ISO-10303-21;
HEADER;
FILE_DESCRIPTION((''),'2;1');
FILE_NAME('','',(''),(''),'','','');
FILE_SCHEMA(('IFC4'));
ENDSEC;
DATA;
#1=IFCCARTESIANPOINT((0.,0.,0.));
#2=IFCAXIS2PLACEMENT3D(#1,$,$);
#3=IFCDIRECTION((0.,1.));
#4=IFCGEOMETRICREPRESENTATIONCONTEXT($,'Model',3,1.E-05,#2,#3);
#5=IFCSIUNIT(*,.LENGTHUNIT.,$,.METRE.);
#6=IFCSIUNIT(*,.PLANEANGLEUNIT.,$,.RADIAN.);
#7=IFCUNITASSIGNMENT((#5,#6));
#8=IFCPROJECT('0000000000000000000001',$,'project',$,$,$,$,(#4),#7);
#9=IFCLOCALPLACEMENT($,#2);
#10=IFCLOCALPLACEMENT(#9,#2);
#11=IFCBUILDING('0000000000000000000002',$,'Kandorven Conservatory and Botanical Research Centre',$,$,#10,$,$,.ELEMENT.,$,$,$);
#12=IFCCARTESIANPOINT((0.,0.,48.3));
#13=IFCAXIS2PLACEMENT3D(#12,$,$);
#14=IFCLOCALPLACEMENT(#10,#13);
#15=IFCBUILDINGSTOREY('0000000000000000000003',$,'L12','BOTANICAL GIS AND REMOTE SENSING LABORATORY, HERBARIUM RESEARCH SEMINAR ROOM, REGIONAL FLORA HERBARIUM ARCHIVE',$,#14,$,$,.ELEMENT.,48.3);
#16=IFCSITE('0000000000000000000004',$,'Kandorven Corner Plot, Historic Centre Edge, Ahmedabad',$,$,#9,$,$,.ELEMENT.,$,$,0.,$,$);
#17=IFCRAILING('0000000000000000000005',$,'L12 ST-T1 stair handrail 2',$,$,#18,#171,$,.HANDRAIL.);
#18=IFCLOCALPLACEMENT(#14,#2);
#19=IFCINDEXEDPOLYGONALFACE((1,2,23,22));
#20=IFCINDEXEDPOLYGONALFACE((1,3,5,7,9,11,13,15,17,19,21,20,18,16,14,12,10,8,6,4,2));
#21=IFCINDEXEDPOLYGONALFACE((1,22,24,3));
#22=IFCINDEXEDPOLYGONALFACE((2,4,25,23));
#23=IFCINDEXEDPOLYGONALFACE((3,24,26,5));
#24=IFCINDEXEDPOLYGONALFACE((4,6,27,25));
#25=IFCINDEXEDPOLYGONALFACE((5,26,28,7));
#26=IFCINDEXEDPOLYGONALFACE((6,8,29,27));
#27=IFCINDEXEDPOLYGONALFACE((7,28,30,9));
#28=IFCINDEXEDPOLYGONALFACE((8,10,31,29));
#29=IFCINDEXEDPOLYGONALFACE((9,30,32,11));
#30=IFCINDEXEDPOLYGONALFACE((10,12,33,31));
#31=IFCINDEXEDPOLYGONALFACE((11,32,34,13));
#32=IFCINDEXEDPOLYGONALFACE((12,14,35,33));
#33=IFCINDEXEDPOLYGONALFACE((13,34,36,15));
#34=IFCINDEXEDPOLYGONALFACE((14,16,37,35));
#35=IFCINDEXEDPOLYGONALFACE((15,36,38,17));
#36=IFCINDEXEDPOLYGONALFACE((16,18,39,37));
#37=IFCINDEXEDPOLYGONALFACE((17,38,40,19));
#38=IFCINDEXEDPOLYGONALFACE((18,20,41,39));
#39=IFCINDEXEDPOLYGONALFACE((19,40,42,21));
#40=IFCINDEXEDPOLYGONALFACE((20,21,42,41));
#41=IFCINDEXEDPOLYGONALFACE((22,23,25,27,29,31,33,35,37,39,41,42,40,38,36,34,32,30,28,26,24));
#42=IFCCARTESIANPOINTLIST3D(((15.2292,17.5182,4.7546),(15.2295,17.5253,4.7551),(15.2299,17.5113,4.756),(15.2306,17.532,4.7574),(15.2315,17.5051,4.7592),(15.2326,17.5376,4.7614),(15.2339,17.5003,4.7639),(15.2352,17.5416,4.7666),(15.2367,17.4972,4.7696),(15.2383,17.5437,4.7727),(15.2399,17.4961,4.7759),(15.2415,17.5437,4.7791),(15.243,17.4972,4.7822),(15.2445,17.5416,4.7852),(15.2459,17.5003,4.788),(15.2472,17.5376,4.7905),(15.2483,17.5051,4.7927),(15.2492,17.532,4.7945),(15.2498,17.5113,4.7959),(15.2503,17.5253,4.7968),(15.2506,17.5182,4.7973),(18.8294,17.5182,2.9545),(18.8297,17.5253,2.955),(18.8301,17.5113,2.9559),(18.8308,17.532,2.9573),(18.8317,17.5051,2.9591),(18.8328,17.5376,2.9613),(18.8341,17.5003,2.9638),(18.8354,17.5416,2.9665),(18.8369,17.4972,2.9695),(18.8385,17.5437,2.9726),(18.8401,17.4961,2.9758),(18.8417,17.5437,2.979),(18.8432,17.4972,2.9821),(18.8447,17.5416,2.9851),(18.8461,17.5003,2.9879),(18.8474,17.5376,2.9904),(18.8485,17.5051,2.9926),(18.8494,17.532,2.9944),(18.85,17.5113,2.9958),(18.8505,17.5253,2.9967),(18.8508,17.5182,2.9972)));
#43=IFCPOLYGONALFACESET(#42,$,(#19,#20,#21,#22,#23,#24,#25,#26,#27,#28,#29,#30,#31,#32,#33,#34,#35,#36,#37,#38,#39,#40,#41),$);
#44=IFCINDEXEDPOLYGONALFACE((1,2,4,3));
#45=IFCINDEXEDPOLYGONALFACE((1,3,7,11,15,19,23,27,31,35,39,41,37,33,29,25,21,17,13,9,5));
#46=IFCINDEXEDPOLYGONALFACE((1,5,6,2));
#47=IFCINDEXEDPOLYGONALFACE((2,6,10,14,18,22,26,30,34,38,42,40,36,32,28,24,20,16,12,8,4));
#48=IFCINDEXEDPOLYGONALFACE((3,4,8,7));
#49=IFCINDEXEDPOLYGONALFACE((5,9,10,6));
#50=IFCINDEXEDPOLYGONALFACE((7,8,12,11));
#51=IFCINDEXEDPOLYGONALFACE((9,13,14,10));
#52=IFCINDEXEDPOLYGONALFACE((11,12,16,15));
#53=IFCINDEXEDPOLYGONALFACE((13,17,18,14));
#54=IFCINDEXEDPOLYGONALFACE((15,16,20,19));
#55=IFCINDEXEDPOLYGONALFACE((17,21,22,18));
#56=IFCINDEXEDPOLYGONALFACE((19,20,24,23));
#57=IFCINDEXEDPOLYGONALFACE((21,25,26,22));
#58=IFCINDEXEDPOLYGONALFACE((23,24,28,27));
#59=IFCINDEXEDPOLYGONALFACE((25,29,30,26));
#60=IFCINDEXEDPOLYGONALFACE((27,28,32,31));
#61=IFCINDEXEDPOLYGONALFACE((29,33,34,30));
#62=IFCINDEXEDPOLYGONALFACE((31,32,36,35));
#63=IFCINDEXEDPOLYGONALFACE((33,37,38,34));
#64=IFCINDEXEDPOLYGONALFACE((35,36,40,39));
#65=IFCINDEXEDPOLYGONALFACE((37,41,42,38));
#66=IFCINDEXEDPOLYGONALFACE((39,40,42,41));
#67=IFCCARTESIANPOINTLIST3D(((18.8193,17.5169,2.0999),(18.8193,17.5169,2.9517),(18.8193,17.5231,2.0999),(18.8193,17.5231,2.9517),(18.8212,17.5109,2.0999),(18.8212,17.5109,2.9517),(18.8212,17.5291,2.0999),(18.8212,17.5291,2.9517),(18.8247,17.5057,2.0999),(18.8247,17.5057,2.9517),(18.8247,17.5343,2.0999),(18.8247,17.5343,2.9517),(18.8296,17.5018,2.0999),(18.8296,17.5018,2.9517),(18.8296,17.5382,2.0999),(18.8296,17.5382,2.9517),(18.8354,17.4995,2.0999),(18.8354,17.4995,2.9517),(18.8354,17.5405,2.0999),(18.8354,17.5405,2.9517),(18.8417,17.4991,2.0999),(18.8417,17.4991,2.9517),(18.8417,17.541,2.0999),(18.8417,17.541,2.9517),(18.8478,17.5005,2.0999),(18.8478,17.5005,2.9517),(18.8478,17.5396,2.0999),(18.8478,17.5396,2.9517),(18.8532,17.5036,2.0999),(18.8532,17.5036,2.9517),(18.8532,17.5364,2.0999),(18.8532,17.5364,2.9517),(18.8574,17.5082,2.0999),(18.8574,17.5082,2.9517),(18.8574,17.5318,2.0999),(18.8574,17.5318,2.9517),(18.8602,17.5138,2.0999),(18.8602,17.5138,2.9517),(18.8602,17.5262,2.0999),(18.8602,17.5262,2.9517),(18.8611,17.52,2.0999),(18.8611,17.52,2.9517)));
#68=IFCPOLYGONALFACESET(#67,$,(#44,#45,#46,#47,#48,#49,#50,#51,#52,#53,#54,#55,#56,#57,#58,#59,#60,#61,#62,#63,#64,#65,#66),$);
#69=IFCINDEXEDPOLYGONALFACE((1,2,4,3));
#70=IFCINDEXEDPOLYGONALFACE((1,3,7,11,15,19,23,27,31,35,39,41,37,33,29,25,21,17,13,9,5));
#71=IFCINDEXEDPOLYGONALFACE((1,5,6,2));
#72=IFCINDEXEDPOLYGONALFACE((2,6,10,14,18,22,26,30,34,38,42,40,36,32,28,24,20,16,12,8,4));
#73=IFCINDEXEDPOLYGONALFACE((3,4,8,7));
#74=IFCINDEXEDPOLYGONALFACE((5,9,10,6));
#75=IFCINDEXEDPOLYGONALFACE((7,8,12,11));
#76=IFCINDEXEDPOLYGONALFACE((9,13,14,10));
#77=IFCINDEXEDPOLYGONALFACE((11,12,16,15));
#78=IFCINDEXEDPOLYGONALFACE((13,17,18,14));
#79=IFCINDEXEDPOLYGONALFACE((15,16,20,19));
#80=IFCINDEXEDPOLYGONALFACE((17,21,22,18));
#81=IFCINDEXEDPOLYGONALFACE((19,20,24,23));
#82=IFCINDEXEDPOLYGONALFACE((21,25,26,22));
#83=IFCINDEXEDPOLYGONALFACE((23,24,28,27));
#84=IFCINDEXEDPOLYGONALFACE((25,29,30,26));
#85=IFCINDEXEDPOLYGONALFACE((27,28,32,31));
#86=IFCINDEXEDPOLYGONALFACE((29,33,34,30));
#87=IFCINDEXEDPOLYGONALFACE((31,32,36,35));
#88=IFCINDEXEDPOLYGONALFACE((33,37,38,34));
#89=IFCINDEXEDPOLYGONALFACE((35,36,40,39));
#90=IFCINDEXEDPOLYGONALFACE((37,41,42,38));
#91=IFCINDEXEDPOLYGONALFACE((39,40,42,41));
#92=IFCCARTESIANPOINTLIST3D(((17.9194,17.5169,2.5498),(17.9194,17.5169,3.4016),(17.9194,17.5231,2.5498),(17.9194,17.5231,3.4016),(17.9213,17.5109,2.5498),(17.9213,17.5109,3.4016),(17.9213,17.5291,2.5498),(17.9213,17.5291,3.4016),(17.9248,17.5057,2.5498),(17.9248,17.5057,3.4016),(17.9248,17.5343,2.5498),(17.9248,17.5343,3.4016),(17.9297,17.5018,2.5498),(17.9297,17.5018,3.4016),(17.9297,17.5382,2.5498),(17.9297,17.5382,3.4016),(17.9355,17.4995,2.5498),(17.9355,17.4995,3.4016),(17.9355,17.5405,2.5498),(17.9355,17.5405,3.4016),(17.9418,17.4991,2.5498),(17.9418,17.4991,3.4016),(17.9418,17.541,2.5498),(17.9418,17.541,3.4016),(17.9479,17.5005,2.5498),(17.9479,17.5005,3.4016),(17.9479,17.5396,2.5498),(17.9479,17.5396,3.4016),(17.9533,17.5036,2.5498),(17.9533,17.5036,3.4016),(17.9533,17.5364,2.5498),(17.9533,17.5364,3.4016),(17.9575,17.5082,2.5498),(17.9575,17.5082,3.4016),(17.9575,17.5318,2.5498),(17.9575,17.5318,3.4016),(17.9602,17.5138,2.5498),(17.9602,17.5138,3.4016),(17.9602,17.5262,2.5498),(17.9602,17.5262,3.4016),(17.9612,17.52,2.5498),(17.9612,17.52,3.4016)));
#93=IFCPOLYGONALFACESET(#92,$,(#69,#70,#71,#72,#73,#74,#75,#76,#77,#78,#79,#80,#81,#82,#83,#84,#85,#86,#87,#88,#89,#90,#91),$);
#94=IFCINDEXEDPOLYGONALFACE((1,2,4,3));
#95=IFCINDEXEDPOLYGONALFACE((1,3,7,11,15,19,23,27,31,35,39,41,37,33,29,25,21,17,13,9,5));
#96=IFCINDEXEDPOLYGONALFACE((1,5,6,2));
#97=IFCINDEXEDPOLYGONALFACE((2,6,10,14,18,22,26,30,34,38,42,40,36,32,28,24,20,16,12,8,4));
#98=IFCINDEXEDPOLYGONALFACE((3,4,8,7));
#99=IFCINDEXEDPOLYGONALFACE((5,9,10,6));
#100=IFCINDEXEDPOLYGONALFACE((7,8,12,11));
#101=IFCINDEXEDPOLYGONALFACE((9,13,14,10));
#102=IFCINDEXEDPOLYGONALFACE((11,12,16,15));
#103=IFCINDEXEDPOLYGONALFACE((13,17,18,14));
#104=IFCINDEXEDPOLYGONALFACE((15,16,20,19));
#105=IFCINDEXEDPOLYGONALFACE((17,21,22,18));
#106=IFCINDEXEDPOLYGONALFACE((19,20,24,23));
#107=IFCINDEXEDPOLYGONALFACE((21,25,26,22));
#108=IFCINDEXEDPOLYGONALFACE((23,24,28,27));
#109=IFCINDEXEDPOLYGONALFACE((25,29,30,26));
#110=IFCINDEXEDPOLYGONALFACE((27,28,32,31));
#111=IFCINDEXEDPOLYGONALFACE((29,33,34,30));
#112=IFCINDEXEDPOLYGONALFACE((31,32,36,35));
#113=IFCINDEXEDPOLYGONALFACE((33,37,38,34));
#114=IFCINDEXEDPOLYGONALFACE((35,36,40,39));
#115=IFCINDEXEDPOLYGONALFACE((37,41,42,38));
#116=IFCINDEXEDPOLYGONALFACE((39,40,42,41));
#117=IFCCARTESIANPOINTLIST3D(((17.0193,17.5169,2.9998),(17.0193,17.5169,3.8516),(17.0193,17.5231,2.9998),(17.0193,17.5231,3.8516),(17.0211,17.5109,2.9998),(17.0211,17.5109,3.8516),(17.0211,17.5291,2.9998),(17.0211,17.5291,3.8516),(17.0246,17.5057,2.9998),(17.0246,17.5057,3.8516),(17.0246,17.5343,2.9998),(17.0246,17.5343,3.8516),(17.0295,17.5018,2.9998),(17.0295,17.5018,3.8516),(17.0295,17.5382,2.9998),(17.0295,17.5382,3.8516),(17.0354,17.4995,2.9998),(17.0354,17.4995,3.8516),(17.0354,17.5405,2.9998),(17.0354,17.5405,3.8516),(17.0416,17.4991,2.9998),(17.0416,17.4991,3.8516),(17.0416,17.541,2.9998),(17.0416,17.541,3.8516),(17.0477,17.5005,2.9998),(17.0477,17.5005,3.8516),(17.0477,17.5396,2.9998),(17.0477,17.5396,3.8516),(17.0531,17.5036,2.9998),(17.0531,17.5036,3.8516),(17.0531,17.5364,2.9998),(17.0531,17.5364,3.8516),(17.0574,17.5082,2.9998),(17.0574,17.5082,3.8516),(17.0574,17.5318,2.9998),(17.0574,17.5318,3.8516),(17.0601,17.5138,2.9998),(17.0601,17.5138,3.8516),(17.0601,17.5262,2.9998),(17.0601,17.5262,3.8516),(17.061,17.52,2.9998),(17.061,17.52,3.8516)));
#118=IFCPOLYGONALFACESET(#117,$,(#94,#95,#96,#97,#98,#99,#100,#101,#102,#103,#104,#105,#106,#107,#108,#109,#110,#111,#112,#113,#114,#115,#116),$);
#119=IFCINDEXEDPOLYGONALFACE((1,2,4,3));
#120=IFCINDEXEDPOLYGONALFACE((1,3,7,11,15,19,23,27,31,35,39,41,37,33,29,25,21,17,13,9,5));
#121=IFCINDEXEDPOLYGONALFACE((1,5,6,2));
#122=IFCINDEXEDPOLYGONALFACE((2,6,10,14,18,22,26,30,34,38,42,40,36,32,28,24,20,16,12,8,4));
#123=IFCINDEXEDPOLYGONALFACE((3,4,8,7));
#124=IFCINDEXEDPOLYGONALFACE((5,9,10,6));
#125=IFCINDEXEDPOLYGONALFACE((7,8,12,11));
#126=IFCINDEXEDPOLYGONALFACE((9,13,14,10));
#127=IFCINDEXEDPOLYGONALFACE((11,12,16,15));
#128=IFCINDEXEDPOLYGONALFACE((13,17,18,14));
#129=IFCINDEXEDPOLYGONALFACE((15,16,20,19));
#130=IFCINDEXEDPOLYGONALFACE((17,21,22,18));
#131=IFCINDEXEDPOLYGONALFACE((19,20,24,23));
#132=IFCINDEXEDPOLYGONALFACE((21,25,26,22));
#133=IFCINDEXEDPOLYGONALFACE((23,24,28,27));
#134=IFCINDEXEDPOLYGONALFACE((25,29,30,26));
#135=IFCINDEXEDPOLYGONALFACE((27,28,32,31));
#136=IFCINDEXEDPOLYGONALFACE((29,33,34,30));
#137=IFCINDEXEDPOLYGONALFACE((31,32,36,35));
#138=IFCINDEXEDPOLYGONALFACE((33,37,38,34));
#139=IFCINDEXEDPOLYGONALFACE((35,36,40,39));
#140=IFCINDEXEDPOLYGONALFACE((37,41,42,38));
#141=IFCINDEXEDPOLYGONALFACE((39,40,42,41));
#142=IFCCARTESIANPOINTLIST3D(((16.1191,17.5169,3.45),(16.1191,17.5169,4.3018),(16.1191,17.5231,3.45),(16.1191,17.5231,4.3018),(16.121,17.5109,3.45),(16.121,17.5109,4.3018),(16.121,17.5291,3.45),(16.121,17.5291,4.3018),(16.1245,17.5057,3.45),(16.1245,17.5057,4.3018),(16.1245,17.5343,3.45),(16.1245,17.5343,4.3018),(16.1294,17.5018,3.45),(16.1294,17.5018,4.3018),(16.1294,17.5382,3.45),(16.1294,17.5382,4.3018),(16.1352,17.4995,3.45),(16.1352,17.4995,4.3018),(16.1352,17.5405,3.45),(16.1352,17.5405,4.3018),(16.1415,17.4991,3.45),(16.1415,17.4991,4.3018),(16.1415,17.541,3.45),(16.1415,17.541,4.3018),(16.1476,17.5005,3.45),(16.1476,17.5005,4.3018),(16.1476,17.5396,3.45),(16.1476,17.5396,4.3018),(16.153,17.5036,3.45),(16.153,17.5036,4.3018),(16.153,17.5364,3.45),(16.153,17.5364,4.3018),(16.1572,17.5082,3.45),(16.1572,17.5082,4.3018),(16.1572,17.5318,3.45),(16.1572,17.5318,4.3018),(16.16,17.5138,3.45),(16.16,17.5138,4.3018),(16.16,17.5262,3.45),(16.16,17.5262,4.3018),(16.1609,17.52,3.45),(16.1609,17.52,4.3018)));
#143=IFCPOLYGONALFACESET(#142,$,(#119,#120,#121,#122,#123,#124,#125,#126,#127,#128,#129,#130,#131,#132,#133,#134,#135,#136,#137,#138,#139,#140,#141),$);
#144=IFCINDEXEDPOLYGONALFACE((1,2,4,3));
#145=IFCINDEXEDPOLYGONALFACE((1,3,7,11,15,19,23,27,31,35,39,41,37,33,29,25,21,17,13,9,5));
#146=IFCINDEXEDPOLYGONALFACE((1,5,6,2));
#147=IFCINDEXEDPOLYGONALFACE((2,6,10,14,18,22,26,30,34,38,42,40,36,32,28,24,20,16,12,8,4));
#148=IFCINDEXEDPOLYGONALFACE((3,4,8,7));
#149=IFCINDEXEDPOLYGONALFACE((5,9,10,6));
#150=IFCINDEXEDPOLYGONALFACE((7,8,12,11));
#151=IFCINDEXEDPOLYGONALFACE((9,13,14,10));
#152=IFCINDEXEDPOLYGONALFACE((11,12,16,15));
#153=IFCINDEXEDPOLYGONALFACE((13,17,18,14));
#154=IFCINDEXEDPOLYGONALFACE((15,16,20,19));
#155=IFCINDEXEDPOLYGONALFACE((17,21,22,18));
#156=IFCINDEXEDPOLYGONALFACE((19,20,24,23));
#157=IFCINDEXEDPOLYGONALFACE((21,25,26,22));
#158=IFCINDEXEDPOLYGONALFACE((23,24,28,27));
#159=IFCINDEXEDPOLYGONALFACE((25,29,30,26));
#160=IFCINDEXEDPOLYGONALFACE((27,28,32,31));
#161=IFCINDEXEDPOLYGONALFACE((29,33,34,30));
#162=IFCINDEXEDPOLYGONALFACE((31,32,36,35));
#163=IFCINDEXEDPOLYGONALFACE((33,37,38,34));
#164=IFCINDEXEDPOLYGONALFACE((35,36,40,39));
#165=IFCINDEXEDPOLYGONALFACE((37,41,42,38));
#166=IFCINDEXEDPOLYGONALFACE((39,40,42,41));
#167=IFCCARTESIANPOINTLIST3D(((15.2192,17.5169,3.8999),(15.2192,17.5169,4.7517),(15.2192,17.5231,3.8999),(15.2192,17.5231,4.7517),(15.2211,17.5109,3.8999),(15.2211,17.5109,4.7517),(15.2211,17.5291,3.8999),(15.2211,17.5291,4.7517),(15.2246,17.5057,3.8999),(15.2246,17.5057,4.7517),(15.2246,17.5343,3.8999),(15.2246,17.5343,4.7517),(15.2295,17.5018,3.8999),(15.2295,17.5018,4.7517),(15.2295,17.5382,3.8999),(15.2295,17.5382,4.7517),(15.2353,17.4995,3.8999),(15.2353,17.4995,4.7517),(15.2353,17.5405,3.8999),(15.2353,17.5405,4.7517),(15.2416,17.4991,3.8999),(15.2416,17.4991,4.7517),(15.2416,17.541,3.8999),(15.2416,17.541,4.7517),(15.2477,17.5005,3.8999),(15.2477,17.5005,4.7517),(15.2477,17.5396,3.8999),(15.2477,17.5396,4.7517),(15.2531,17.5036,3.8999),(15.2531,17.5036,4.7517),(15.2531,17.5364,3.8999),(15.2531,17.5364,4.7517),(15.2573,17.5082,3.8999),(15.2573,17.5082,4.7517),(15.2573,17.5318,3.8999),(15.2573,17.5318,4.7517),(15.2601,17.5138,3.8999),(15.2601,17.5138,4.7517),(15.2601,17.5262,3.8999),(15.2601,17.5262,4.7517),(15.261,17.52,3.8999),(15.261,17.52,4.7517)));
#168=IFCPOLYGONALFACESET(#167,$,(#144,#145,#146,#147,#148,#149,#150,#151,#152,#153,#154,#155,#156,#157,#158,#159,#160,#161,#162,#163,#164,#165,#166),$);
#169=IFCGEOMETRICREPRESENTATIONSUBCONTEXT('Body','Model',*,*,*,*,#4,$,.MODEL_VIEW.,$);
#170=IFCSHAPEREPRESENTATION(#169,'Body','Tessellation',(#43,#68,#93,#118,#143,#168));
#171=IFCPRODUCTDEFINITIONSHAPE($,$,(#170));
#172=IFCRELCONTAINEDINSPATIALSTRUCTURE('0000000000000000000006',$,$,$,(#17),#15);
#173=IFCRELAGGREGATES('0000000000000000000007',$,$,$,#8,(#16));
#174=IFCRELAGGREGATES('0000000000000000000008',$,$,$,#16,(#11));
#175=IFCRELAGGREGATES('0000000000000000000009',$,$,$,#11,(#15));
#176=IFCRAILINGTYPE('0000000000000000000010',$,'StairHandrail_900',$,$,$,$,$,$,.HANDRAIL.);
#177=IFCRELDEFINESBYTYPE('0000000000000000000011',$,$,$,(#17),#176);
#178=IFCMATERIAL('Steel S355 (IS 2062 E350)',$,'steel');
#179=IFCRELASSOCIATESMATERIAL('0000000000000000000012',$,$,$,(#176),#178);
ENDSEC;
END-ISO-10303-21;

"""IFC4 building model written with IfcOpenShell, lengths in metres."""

from ifc_helpers import new_model, si_unit, direction, frame, origin, origin_2d, place, context, subcontext, project, spatial, circle, extrude, material, type_object, element, save


model = new_model("IFC4")

# Units and contexts
model_context = context("Model", 3, precision=1e-05, world=origin(), true_north=direction((0.0, 1.0)))
body_context = subcontext(model_context, "Body", "Model", "MODEL_VIEW")
ifc_project = project(units=[si_unit("LENGTHUNIT", "METRE"), si_unit("PLANEANGLEUNIT", "RADIAN")], contexts=[model_context])

# Site, building, storey
site_placement = place(None, origin())
site = spatial("IfcSite", under=ifc_project, at=site_placement, Name="Kandorven Corner Plot, Historic Centre Edge, Ahmedabad", CompositionType="ELEMENT", RefElevation=0.0)
building_placement = place(site_placement, origin())
building = spatial("IfcBuilding", under=site, at=building_placement, Name="Kandorven Conservatory and Botanical Research Centre", CompositionType="ELEMENT")
storey_placement = place(building_placement, frame((0.0, 0.0, 48.3)))
storey = spatial("IfcBuildingStorey", under=building, at=storey_placement, Name="L12", Description="BOTANICAL GIS AND REMOTE SENSING LABORATORY, HERBARIUM RESEARCH SEMINAR ROOM, REGIONAL FLORA HERBARIUM ARCHIVE", CompositionType="ELEMENT", Elevation=48.3)

# Railing
ifc_material_1 = material(Name="Steel S355 (IS 2062 E350)", Category="steel")
railing_type_1 = type_object("IfcRailingType", Name="StairHandrail_900", PredefinedType="HANDRAIL", material=ifc_material_1)
railing_1_placement = place(storey_placement, frame((18.8401, 17.52, 2.0999)))
element("IfcRailing", 1, at=railing_1_placement, inside=storey, type_object=railing_type_1, Name="L12 ST-T1 stair handrail 2", PredefinedType="HANDRAIL", context=body_context, shape_type="SweptSolid", body=[
    extrude(circle(Radius=0.0239, at=origin_2d()), frame((0.0, 0.0, 0.876), z_axis=(-0.894427, 0.0, 0.447214), x_axis=(0.0, -1.0, 0.0)), (0.0, 0.0, 1.0), 4.0251),
    extrude(circle(Radius=0.021, at=origin_2d()), origin(), (0.0, 0.0, 1.0), 0.8518),
    extrude(circle(Radius=0.021, at=origin_2d()), frame((-0.8999, 0.0, 0.45)), (0.0, 0.0, 1.0), 0.8518),
    extrude(circle(Radius=0.021, at=origin_2d()), frame((-1.8, 0.0, 0.8999)), (0.0, 0.0, 1.0), 0.8518),
    extrude(circle(Radius=0.021, at=origin_2d()), frame((-2.7002, 0.0, 1.3501)), (0.0, 0.0, 1.0), 0.8518),
    extrude(circle(Radius=0.021, at=origin_2d()), frame((-3.6001, 0.0, 1.8)), (0.0, 0.0, 1.0), 0.8518),
])

save(model, "model.ifc")
